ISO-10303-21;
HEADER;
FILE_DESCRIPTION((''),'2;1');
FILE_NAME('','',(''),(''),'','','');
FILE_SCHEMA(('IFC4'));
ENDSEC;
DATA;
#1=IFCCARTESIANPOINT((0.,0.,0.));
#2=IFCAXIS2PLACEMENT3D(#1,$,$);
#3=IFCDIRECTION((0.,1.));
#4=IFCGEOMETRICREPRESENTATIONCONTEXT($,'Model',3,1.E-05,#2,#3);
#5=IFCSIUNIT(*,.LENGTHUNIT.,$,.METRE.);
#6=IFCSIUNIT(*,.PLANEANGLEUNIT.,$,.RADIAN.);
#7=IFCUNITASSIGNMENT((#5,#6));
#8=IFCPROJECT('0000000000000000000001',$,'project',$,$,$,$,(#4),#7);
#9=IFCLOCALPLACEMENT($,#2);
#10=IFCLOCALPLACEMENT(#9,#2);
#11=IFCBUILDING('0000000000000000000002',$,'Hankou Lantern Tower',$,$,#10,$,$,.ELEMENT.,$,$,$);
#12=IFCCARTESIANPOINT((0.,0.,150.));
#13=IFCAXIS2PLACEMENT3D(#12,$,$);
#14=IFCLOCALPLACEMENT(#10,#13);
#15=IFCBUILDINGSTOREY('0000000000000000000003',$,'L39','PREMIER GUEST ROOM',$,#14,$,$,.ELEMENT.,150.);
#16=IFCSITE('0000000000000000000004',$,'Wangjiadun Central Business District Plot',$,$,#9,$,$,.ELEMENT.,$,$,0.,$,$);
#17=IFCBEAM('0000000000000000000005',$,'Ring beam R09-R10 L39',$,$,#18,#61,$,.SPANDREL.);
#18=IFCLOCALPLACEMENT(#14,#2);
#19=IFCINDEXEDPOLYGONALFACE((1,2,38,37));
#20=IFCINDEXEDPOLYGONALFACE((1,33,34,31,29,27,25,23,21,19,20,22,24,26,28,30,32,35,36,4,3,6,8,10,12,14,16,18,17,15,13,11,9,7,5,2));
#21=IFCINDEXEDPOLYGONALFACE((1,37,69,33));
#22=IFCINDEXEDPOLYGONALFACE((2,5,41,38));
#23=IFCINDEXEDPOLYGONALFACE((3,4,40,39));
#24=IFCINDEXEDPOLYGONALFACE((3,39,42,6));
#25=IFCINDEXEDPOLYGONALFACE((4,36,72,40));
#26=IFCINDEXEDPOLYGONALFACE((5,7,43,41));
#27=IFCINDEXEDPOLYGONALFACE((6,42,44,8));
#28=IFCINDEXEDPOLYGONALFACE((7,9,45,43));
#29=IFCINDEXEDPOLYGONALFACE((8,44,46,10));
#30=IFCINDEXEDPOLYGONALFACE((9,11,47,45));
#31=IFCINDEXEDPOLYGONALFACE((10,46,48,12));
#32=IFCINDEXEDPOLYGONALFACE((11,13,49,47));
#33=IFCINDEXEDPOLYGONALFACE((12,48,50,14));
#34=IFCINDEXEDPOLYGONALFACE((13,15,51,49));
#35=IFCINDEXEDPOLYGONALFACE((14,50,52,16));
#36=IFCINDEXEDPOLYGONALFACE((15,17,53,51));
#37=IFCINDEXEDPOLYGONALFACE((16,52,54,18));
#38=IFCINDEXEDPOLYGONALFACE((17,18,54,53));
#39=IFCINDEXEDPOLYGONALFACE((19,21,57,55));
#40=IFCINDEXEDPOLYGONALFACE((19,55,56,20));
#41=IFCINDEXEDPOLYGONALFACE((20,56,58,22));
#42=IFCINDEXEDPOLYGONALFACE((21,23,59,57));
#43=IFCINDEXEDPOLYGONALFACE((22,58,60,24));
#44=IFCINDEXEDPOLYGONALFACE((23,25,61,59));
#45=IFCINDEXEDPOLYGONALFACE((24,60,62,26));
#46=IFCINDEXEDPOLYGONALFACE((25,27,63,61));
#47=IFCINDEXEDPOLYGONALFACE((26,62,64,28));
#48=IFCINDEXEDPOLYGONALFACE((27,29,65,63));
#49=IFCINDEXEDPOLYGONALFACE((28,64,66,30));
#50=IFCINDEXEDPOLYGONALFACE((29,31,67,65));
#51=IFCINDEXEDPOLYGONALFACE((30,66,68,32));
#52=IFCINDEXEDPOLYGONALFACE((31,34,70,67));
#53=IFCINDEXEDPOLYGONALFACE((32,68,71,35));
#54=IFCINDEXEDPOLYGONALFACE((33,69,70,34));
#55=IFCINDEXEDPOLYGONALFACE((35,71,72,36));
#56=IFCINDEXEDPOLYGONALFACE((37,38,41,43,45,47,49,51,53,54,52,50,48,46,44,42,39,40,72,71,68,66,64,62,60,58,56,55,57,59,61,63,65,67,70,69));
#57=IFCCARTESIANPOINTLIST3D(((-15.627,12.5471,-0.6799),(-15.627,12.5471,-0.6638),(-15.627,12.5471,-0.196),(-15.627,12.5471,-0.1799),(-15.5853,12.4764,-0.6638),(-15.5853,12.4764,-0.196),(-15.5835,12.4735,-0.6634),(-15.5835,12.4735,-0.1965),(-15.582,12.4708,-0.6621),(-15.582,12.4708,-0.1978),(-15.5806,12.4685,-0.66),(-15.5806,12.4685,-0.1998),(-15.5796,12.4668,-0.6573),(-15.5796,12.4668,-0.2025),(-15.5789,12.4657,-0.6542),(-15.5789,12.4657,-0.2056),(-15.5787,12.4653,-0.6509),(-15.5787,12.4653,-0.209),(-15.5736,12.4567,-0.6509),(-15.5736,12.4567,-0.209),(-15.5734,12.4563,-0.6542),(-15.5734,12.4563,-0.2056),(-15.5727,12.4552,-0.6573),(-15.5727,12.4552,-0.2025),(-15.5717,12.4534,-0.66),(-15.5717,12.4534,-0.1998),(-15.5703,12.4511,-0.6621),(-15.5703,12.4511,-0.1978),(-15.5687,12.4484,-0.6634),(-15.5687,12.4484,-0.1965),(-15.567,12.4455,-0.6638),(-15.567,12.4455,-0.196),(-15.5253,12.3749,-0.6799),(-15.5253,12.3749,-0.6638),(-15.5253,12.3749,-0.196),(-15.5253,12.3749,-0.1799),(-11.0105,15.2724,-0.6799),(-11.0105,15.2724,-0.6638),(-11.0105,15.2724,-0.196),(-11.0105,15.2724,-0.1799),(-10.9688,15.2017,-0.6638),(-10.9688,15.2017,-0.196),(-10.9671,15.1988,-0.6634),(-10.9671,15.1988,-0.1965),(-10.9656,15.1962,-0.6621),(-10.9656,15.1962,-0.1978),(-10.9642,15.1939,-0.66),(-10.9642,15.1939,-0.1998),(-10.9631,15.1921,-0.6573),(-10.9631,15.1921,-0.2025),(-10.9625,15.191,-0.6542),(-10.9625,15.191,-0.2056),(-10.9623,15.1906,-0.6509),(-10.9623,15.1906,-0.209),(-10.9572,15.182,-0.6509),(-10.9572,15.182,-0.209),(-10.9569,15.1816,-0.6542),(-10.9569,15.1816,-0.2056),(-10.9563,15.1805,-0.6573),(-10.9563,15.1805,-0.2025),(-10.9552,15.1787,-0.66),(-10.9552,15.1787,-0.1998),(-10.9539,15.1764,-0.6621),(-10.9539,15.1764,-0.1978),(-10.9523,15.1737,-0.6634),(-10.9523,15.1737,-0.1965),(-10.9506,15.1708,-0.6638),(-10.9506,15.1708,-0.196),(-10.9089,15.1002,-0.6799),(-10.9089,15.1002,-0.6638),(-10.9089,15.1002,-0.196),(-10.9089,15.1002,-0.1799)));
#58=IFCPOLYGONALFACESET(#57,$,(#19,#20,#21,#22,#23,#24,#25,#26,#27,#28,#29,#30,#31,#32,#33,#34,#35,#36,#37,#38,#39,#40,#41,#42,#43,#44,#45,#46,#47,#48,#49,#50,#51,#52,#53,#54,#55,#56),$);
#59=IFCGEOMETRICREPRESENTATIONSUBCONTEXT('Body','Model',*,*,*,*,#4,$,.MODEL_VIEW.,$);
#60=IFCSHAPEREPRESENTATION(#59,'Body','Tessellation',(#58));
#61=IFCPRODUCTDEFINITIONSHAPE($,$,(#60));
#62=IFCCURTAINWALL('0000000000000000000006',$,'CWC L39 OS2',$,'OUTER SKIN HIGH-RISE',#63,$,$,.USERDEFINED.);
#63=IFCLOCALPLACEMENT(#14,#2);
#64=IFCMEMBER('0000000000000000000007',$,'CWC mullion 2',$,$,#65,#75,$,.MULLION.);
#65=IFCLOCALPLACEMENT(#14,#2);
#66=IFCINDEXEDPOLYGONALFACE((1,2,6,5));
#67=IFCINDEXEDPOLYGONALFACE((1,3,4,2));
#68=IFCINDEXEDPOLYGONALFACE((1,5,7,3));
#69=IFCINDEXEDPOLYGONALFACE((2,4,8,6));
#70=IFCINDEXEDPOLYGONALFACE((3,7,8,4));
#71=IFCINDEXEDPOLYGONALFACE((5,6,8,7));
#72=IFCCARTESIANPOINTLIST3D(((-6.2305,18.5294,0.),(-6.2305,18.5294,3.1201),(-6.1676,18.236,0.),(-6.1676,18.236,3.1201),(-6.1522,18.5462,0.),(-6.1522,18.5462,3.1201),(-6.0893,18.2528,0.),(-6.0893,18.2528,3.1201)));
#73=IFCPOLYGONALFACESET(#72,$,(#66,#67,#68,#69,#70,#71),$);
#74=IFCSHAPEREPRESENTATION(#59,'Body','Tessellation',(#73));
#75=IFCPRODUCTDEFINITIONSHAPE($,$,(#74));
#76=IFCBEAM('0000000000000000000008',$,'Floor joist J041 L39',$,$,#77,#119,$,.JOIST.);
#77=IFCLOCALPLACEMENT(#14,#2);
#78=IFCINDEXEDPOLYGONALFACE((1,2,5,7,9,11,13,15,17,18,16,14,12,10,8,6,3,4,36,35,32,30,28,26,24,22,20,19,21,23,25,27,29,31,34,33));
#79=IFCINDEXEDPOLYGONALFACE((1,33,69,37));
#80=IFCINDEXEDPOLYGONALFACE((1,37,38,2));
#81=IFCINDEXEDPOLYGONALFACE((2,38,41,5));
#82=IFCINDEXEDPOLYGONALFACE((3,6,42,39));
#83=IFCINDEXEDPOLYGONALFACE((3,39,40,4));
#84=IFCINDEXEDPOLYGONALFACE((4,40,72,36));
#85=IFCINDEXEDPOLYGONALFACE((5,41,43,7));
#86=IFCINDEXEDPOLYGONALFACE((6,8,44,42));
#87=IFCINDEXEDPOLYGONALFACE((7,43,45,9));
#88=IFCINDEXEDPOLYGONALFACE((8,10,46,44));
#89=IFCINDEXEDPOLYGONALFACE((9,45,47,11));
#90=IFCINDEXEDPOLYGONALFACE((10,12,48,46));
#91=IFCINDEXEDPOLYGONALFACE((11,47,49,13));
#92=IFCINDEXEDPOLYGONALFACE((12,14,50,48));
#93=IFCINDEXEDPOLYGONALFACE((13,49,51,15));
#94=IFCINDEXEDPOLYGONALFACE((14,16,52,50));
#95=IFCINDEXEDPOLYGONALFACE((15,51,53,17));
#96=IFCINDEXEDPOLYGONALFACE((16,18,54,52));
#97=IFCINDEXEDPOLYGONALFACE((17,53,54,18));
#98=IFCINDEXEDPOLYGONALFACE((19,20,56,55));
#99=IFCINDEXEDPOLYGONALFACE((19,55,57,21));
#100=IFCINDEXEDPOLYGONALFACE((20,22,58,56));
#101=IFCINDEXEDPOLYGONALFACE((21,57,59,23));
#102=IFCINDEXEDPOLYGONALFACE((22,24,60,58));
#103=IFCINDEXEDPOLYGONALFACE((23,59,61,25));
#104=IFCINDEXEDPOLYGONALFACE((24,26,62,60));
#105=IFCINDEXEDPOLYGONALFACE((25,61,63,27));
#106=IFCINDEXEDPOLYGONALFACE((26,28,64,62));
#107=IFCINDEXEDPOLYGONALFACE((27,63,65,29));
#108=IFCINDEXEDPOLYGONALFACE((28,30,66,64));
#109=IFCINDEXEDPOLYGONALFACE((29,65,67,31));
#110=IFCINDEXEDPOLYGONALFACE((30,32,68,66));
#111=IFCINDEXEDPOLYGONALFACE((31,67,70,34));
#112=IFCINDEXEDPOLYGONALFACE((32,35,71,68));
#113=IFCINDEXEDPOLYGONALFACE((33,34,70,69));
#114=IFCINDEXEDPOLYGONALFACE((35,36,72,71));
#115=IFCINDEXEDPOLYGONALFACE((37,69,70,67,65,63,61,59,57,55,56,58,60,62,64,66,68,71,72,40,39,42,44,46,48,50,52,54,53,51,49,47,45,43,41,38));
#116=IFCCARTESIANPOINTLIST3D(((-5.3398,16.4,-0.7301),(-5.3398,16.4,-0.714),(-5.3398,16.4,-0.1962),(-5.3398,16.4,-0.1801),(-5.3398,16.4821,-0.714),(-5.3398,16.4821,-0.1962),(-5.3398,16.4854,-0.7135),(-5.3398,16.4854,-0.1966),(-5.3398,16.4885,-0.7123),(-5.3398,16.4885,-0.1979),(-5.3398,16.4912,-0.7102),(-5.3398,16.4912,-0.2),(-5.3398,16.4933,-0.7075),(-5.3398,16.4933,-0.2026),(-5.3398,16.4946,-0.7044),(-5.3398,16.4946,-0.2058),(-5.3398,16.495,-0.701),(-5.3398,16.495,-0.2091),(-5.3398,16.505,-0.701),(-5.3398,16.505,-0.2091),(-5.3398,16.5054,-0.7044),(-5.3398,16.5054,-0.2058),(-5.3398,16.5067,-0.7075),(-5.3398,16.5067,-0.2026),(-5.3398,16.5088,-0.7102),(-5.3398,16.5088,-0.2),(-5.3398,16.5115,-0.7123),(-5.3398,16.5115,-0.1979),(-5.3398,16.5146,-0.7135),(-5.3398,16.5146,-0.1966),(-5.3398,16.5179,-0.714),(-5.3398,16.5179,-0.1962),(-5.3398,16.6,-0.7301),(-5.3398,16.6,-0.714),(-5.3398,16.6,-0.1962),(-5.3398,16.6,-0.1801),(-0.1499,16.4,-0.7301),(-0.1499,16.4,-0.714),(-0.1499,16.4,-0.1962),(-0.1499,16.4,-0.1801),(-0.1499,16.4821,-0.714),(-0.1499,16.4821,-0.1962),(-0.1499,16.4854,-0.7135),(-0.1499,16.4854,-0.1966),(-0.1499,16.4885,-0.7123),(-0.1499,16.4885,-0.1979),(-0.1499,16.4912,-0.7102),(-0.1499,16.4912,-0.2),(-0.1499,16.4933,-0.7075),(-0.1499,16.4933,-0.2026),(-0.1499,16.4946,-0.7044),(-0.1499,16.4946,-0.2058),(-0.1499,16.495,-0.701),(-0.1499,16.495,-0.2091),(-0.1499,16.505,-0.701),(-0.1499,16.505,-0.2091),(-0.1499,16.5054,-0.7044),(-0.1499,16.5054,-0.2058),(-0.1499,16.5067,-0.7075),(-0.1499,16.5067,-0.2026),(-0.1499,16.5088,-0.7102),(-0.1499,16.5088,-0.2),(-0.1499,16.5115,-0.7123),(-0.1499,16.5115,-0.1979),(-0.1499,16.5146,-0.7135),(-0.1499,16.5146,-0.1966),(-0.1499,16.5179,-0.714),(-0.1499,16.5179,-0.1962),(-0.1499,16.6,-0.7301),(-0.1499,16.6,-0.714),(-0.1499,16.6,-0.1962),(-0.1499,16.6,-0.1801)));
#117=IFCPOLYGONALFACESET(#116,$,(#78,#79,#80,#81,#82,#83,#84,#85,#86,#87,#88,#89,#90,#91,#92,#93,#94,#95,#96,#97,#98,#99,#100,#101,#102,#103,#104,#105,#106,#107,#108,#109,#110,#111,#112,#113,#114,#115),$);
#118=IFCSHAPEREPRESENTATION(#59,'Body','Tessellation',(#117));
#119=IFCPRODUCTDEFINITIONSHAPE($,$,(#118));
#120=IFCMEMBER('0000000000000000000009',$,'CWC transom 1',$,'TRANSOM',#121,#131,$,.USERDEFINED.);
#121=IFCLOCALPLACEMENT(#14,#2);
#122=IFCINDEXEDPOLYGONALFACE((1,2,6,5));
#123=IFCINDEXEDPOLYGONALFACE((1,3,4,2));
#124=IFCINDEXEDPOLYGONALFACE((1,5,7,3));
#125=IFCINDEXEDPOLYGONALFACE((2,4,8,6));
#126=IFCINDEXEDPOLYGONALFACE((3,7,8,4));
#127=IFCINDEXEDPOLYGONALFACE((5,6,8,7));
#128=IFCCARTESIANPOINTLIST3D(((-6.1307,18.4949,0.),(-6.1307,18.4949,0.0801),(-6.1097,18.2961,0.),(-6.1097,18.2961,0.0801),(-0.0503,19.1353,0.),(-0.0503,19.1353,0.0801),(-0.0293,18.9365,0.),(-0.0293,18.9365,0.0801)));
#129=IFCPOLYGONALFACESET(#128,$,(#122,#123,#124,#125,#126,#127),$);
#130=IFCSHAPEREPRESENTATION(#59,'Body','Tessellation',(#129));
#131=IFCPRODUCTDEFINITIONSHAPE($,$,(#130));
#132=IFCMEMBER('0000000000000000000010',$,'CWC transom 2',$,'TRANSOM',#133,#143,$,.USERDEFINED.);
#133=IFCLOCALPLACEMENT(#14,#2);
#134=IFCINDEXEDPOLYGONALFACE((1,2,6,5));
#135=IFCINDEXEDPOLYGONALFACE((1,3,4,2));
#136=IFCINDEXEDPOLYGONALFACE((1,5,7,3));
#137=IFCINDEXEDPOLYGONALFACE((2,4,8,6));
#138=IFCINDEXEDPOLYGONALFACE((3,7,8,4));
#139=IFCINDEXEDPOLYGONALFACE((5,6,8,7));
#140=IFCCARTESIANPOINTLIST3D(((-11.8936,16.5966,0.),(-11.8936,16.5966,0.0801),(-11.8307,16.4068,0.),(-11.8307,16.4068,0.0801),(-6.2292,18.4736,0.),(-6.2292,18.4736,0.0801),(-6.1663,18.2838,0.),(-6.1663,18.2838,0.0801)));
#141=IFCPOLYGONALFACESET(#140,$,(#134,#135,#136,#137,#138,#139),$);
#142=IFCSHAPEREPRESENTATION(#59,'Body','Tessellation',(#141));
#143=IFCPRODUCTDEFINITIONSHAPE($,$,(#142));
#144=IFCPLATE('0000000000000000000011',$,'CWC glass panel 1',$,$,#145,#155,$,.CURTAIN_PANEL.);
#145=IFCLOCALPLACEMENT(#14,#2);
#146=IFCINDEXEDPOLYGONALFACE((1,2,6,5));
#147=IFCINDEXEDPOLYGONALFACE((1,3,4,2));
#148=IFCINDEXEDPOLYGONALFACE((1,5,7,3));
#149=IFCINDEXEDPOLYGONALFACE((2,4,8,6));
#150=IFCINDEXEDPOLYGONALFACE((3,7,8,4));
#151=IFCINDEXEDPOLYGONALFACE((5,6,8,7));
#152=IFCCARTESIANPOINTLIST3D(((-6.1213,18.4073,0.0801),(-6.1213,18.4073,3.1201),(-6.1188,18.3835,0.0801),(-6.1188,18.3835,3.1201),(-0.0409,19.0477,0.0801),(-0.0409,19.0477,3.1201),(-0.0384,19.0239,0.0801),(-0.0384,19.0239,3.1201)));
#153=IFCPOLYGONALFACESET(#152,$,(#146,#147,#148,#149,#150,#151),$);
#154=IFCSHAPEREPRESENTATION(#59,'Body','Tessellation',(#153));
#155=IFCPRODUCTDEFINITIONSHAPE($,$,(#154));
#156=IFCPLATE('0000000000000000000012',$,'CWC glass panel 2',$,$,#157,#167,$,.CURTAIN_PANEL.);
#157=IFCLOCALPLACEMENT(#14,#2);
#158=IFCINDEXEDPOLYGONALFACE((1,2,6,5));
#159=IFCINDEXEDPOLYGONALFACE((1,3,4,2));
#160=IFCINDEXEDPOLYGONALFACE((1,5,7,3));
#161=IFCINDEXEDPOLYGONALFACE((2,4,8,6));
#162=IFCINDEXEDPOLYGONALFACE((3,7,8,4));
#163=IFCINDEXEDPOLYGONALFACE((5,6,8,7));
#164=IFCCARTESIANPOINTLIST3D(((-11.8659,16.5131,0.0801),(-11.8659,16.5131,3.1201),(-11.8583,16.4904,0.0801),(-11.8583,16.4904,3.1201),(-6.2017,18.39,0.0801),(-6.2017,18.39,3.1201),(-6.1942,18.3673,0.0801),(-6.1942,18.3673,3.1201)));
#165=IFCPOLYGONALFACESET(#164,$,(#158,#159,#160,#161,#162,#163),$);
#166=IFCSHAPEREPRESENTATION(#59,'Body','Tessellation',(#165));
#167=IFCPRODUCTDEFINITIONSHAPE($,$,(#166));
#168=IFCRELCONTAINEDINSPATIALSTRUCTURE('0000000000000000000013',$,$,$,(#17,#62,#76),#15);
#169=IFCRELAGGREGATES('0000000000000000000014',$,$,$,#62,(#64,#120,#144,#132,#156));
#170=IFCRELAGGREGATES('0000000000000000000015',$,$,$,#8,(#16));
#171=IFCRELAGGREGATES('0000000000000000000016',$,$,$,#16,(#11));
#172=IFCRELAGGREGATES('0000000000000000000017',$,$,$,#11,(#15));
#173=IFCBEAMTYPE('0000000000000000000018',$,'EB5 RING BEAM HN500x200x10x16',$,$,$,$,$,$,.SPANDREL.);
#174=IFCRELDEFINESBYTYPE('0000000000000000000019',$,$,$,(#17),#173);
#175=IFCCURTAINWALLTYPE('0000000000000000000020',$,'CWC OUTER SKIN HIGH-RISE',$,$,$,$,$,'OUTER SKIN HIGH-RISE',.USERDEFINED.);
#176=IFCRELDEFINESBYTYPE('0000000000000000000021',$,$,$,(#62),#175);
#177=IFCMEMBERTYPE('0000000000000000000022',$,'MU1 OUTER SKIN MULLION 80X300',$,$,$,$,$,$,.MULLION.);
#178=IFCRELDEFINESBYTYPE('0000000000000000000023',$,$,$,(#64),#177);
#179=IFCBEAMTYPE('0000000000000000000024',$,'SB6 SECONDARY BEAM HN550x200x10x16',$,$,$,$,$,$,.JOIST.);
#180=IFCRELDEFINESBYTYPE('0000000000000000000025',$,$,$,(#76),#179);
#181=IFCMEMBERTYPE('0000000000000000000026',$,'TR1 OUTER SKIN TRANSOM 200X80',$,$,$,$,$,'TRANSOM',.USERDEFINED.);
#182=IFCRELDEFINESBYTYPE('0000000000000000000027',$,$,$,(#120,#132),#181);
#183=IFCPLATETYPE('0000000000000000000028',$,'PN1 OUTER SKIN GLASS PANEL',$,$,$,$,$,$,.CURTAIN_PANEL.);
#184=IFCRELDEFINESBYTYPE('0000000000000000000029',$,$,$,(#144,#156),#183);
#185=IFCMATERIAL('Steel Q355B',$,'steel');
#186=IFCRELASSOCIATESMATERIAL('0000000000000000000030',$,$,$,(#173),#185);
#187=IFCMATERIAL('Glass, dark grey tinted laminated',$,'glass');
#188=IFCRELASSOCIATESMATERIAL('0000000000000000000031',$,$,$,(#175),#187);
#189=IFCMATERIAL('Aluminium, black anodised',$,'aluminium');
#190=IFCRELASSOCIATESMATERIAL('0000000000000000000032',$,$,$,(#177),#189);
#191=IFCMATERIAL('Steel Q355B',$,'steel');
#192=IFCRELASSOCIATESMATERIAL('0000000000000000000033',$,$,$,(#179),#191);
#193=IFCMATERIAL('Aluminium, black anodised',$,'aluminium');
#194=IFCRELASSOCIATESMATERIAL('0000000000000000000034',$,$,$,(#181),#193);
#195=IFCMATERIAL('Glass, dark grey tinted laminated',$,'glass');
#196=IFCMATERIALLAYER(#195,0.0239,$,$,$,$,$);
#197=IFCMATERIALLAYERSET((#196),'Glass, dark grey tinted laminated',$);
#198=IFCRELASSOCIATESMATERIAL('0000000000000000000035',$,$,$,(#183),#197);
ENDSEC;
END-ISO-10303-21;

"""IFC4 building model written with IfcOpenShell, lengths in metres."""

from ifc_helpers import new_model, si_unit, direction, frame, origin, origin_2d, place, context, subcontext, project, spatial, rectangle, i_section, extrude, material, layer, layer_set, material_profile, profile_set, type_object, element, aggregate, save


model = new_model("IFC4")

# Units and contexts
model_context = context("Model", 3, precision=1e-05, world=origin(), true_north=direction((0.0, 1.0)))
body_context = subcontext(model_context, "Body", "Model", "MODEL_VIEW")
ifc_project = project(units=[si_unit("LENGTHUNIT", "METRE"), si_unit("PLANEANGLEUNIT", "RADIAN")], contexts=[model_context])

# Site, building, storey
site_placement = place(None, origin())
site = spatial("IfcSite", under=ifc_project, at=site_placement, Name="Wangjiadun Central Business District Plot", CompositionType="ELEMENT", RefElevation=0.0)
building_placement = place(site_placement, origin())
building = spatial("IfcBuilding", under=site, at=building_placement, Name="Hankou Lantern Tower", CompositionType="ELEMENT")
storey_placement = place(building_placement, frame((0.0, 0.0, 150.0)))
storey = spatial("IfcBuildingStorey", under=building, at=storey_placement, Name="L39", Description="PREMIER GUEST ROOM", CompositionType="ELEMENT", Elevation=150.0)

# Beam
ifc_material_1 = material(Name="Steel Q355B", Category="steel")
ifc_material_profile_1 = material_profile(ifc_material_1, i_section(OverallWidth=0.2, OverallDepth=0.5, WebThickness=0.01, FlangeThickness=0.0161, FilletRadius=0.0129, at=origin_2d()), Name="HN500x200x10x16")
ifc_profile_set_1 = profile_set([ifc_material_profile_1], Name="Steel Q355B")
beam_type_1 = type_object("IfcBeamType", Name="EB5 RING BEAM HN500x200x10x16", PredefinedType="SPANDREL", material=ifc_profile_set_1)
beam_1_placement = place(storey_placement, frame((-10.9597, 15.1863, -0.4299), z_axis=(-0.861136, -0.508375, 0.0), x_axis=(0.508375, -0.861136, 0.0)))
element("IfcBeam", 1, at=beam_1_placement, inside=storey, type_object=beam_type_1, Name="Ring beam R09-R10 L39", PredefinedType="SPANDREL", context=body_context, shape_type="SweptSolid", body=[
    extrude(i_section(OverallWidth=0.2, OverallDepth=0.5, WebThickness=0.01, FlangeThickness=0.0161, FilletRadius=0.0129, at=origin_2d()), origin(), (0.0, 0.0, 1.0), 5.3608),
])

# Curtain wall, member
ifc_material_2 = material(Name="Glass, dark grey tinted laminated", Category="glass")
curtain_wall_type = type_object("IfcCurtainWallType", Name="CWC OUTER SKIN HIGH-RISE", ElementType="OUTER SKIN HIGH-RISE", PredefinedType="USERDEFINED", material=ifc_material_2)
curtain_wall_placement = place(storey_placement, origin())
curtain_wall = element("IfcCurtainWall", 2, at=curtain_wall_placement, inside=storey, type_object=curtain_wall_type, Name="CWC L39 OS2", ObjectType="OUTER SKIN HIGH-RISE", PredefinedType="USERDEFINED")
ifc_material_3 = material(Name="Aluminium, black anodised", Category="aluminium")
ifc_material_profile_2 = material_profile(ifc_material_3, rectangle(XDim=0.0801, YDim=0.3, at=origin_2d()), Name="MU1 80X300")
ifc_profile_set_2 = profile_set([ifc_material_profile_2], Name="Aluminium, black anodised")
member_type_1 = type_object("IfcMemberType", Name="MU1 OUTER SKIN MULLION 80X300", PredefinedType="MULLION", material=ifc_profile_set_2)
member_1_placement = place(storey_placement, frame((-6.1599, 18.3911, 0.0), z_axis=(0.0, 0.0, 1.0), x_axis=(-0.977788, -0.209598, 0.0)))
member_1 = element("IfcMember", 3, at=member_1_placement, type_object=member_type_1, Name="CWC mullion 2", PredefinedType="MULLION", context=body_context, shape_type="SweptSolid", body=[
    extrude(rectangle(XDim=0.0801, YDim=0.3, at=origin_2d()), origin(), (0.0, 0.0, 1.0), 3.1201),
])

# Beam
ifc_material_4 = material(Name="Steel Q355B", Category="steel")
ifc_material_profile_3 = material_profile(ifc_material_4, i_section(OverallWidth=0.2, OverallDepth=0.55, WebThickness=0.01, FlangeThickness=0.0161, FilletRadius=0.0129, at=origin_2d()), Name="HN550x200x10x16")
ifc_profile_set_3 = profile_set([ifc_material_profile_3], Name="Steel Q355B")
beam_type_2 = type_object("IfcBeamType", Name="SB6 SECONDARY BEAM HN550x200x10x16", PredefinedType="JOIST", material=ifc_profile_set_3)
beam_2_placement = place(storey_placement, frame((-5.3398, 16.5, -0.4551), z_axis=(1.0, 0.0, 0.0), x_axis=(0.0, 1.0, 0.0)))
element("IfcBeam", 4, at=beam_2_placement, inside=storey, type_object=beam_type_2, Name="Floor joist J041 L39", PredefinedType="JOIST", context=body_context, shape_type="SweptSolid", body=[
    extrude(i_section(OverallWidth=0.2, OverallDepth=0.55, WebThickness=0.01, FlangeThickness=0.0161, FilletRadius=0.0129, at=origin_2d()), origin(), (0.0, 0.0, 1.0), 5.1899),
])

# Members
ifc_material_5 = material(Name="Aluminium, black anodised", Category="aluminium")
ifc_material_profile_4 = material_profile(ifc_material_5, rectangle(XDim=0.2, YDim=0.0801, at=origin_2d()), Name="TR1 200X80")
ifc_profile_set_4 = profile_set([ifc_material_profile_4], Name="Aluminium, black anodised")
member_type_2 = type_object("IfcMemberType", Name="TR1 OUTER SKIN TRANSOM 200X80", ElementType="TRANSOM", PredefinedType="USERDEFINED", material=ifc_profile_set_4)
member_2_placement = place(storey_placement, frame((-0.0398, 19.0359, 0.04), z_axis=(-0.9945, -0.104741, 0.0), x_axis=(0.104741, -0.9945, 0.0)))
member_2 = element("IfcMember", 5, at=member_2_placement, type_object=member_type_2, Name="CWC transom 1", ObjectType="TRANSOM", PredefinedType="USERDEFINED", context=body_context, shape_type="SweptSolid", body=[
    extrude(rectangle(XDim=0.2, YDim=0.0801, at=origin_2d()), origin(), (0.0, 0.0, 1.0), 6.114),
])
member_3_placement = place(storey_placement, frame((-6.1978, 18.3787, 0.04), z_axis=(-0.949242, -0.314546, 0.0), x_axis=(0.314546, -0.949242, 0.0)))
member_3 = element("IfcMember", 6, at=member_3_placement, type_object=member_type_2, Name="CWC transom 2", ObjectType="TRANSOM", PredefinedType="USERDEFINED", context=body_context, shape_type="SweptSolid", body=[
    extrude(rectangle(XDim=0.2, YDim=0.0801, at=origin_2d()), origin(), (0.0, 0.0, 1.0), 5.9673),
])

# Plates
ifc_material_6 = material(Name="Glass, dark grey tinted laminated", Category="glass")
ifc_layer_1 = layer(ifc_material_6, 0.0239)
ifc_layer_set_1 = layer_set([ifc_layer_1], Name="Glass, dark grey tinted laminated")
plate_type = type_object("IfcPlateType", Name="PN1 OUTER SKIN GLASS PANEL", PredefinedType="CURTAIN_PANEL", material=ifc_layer_set_1)
plate_1_placement = place(storey_placement, frame((-3.0798, 18.7156, 0.0801), z_axis=(0.0, 0.0, 1.0), x_axis=(-0.994499, -0.104743, 0.0)))
plate_1 = element("IfcPlate", 7, at=plate_1_placement, type_object=plate_type, Name="CWC glass panel 1", PredefinedType="CURTAIN_PANEL", context=body_context, shape_type="SweptSolid", body=[
    extrude(rectangle(XDim=6.114, YDim=0.0239, at=origin_2d()), origin(), (0.0, 0.0, 1.0), 3.04),
])
plate_2_placement = place(storey_placement, frame((-9.03, 17.4402, 0.0801), z_axis=(0.0, 0.0, 1.0), x_axis=(-0.949241, -0.314551, 0.0)))
plate_2 = element("IfcPlate", 8, at=plate_2_placement, type_object=plate_type, Name="CWC glass panel 2", PredefinedType="CURTAIN_PANEL", context=body_context, shape_type="SweptSolid", body=[
    extrude(rectangle(XDim=5.967, YDim=0.0239, at=origin_2d()), origin(), (0.0, 0.0, 1.0), 3.04),
])
aggregate(curtain_wall, [member_1, member_2, plate_1, member_3, plate_2])

save(model, "model.ifc")
